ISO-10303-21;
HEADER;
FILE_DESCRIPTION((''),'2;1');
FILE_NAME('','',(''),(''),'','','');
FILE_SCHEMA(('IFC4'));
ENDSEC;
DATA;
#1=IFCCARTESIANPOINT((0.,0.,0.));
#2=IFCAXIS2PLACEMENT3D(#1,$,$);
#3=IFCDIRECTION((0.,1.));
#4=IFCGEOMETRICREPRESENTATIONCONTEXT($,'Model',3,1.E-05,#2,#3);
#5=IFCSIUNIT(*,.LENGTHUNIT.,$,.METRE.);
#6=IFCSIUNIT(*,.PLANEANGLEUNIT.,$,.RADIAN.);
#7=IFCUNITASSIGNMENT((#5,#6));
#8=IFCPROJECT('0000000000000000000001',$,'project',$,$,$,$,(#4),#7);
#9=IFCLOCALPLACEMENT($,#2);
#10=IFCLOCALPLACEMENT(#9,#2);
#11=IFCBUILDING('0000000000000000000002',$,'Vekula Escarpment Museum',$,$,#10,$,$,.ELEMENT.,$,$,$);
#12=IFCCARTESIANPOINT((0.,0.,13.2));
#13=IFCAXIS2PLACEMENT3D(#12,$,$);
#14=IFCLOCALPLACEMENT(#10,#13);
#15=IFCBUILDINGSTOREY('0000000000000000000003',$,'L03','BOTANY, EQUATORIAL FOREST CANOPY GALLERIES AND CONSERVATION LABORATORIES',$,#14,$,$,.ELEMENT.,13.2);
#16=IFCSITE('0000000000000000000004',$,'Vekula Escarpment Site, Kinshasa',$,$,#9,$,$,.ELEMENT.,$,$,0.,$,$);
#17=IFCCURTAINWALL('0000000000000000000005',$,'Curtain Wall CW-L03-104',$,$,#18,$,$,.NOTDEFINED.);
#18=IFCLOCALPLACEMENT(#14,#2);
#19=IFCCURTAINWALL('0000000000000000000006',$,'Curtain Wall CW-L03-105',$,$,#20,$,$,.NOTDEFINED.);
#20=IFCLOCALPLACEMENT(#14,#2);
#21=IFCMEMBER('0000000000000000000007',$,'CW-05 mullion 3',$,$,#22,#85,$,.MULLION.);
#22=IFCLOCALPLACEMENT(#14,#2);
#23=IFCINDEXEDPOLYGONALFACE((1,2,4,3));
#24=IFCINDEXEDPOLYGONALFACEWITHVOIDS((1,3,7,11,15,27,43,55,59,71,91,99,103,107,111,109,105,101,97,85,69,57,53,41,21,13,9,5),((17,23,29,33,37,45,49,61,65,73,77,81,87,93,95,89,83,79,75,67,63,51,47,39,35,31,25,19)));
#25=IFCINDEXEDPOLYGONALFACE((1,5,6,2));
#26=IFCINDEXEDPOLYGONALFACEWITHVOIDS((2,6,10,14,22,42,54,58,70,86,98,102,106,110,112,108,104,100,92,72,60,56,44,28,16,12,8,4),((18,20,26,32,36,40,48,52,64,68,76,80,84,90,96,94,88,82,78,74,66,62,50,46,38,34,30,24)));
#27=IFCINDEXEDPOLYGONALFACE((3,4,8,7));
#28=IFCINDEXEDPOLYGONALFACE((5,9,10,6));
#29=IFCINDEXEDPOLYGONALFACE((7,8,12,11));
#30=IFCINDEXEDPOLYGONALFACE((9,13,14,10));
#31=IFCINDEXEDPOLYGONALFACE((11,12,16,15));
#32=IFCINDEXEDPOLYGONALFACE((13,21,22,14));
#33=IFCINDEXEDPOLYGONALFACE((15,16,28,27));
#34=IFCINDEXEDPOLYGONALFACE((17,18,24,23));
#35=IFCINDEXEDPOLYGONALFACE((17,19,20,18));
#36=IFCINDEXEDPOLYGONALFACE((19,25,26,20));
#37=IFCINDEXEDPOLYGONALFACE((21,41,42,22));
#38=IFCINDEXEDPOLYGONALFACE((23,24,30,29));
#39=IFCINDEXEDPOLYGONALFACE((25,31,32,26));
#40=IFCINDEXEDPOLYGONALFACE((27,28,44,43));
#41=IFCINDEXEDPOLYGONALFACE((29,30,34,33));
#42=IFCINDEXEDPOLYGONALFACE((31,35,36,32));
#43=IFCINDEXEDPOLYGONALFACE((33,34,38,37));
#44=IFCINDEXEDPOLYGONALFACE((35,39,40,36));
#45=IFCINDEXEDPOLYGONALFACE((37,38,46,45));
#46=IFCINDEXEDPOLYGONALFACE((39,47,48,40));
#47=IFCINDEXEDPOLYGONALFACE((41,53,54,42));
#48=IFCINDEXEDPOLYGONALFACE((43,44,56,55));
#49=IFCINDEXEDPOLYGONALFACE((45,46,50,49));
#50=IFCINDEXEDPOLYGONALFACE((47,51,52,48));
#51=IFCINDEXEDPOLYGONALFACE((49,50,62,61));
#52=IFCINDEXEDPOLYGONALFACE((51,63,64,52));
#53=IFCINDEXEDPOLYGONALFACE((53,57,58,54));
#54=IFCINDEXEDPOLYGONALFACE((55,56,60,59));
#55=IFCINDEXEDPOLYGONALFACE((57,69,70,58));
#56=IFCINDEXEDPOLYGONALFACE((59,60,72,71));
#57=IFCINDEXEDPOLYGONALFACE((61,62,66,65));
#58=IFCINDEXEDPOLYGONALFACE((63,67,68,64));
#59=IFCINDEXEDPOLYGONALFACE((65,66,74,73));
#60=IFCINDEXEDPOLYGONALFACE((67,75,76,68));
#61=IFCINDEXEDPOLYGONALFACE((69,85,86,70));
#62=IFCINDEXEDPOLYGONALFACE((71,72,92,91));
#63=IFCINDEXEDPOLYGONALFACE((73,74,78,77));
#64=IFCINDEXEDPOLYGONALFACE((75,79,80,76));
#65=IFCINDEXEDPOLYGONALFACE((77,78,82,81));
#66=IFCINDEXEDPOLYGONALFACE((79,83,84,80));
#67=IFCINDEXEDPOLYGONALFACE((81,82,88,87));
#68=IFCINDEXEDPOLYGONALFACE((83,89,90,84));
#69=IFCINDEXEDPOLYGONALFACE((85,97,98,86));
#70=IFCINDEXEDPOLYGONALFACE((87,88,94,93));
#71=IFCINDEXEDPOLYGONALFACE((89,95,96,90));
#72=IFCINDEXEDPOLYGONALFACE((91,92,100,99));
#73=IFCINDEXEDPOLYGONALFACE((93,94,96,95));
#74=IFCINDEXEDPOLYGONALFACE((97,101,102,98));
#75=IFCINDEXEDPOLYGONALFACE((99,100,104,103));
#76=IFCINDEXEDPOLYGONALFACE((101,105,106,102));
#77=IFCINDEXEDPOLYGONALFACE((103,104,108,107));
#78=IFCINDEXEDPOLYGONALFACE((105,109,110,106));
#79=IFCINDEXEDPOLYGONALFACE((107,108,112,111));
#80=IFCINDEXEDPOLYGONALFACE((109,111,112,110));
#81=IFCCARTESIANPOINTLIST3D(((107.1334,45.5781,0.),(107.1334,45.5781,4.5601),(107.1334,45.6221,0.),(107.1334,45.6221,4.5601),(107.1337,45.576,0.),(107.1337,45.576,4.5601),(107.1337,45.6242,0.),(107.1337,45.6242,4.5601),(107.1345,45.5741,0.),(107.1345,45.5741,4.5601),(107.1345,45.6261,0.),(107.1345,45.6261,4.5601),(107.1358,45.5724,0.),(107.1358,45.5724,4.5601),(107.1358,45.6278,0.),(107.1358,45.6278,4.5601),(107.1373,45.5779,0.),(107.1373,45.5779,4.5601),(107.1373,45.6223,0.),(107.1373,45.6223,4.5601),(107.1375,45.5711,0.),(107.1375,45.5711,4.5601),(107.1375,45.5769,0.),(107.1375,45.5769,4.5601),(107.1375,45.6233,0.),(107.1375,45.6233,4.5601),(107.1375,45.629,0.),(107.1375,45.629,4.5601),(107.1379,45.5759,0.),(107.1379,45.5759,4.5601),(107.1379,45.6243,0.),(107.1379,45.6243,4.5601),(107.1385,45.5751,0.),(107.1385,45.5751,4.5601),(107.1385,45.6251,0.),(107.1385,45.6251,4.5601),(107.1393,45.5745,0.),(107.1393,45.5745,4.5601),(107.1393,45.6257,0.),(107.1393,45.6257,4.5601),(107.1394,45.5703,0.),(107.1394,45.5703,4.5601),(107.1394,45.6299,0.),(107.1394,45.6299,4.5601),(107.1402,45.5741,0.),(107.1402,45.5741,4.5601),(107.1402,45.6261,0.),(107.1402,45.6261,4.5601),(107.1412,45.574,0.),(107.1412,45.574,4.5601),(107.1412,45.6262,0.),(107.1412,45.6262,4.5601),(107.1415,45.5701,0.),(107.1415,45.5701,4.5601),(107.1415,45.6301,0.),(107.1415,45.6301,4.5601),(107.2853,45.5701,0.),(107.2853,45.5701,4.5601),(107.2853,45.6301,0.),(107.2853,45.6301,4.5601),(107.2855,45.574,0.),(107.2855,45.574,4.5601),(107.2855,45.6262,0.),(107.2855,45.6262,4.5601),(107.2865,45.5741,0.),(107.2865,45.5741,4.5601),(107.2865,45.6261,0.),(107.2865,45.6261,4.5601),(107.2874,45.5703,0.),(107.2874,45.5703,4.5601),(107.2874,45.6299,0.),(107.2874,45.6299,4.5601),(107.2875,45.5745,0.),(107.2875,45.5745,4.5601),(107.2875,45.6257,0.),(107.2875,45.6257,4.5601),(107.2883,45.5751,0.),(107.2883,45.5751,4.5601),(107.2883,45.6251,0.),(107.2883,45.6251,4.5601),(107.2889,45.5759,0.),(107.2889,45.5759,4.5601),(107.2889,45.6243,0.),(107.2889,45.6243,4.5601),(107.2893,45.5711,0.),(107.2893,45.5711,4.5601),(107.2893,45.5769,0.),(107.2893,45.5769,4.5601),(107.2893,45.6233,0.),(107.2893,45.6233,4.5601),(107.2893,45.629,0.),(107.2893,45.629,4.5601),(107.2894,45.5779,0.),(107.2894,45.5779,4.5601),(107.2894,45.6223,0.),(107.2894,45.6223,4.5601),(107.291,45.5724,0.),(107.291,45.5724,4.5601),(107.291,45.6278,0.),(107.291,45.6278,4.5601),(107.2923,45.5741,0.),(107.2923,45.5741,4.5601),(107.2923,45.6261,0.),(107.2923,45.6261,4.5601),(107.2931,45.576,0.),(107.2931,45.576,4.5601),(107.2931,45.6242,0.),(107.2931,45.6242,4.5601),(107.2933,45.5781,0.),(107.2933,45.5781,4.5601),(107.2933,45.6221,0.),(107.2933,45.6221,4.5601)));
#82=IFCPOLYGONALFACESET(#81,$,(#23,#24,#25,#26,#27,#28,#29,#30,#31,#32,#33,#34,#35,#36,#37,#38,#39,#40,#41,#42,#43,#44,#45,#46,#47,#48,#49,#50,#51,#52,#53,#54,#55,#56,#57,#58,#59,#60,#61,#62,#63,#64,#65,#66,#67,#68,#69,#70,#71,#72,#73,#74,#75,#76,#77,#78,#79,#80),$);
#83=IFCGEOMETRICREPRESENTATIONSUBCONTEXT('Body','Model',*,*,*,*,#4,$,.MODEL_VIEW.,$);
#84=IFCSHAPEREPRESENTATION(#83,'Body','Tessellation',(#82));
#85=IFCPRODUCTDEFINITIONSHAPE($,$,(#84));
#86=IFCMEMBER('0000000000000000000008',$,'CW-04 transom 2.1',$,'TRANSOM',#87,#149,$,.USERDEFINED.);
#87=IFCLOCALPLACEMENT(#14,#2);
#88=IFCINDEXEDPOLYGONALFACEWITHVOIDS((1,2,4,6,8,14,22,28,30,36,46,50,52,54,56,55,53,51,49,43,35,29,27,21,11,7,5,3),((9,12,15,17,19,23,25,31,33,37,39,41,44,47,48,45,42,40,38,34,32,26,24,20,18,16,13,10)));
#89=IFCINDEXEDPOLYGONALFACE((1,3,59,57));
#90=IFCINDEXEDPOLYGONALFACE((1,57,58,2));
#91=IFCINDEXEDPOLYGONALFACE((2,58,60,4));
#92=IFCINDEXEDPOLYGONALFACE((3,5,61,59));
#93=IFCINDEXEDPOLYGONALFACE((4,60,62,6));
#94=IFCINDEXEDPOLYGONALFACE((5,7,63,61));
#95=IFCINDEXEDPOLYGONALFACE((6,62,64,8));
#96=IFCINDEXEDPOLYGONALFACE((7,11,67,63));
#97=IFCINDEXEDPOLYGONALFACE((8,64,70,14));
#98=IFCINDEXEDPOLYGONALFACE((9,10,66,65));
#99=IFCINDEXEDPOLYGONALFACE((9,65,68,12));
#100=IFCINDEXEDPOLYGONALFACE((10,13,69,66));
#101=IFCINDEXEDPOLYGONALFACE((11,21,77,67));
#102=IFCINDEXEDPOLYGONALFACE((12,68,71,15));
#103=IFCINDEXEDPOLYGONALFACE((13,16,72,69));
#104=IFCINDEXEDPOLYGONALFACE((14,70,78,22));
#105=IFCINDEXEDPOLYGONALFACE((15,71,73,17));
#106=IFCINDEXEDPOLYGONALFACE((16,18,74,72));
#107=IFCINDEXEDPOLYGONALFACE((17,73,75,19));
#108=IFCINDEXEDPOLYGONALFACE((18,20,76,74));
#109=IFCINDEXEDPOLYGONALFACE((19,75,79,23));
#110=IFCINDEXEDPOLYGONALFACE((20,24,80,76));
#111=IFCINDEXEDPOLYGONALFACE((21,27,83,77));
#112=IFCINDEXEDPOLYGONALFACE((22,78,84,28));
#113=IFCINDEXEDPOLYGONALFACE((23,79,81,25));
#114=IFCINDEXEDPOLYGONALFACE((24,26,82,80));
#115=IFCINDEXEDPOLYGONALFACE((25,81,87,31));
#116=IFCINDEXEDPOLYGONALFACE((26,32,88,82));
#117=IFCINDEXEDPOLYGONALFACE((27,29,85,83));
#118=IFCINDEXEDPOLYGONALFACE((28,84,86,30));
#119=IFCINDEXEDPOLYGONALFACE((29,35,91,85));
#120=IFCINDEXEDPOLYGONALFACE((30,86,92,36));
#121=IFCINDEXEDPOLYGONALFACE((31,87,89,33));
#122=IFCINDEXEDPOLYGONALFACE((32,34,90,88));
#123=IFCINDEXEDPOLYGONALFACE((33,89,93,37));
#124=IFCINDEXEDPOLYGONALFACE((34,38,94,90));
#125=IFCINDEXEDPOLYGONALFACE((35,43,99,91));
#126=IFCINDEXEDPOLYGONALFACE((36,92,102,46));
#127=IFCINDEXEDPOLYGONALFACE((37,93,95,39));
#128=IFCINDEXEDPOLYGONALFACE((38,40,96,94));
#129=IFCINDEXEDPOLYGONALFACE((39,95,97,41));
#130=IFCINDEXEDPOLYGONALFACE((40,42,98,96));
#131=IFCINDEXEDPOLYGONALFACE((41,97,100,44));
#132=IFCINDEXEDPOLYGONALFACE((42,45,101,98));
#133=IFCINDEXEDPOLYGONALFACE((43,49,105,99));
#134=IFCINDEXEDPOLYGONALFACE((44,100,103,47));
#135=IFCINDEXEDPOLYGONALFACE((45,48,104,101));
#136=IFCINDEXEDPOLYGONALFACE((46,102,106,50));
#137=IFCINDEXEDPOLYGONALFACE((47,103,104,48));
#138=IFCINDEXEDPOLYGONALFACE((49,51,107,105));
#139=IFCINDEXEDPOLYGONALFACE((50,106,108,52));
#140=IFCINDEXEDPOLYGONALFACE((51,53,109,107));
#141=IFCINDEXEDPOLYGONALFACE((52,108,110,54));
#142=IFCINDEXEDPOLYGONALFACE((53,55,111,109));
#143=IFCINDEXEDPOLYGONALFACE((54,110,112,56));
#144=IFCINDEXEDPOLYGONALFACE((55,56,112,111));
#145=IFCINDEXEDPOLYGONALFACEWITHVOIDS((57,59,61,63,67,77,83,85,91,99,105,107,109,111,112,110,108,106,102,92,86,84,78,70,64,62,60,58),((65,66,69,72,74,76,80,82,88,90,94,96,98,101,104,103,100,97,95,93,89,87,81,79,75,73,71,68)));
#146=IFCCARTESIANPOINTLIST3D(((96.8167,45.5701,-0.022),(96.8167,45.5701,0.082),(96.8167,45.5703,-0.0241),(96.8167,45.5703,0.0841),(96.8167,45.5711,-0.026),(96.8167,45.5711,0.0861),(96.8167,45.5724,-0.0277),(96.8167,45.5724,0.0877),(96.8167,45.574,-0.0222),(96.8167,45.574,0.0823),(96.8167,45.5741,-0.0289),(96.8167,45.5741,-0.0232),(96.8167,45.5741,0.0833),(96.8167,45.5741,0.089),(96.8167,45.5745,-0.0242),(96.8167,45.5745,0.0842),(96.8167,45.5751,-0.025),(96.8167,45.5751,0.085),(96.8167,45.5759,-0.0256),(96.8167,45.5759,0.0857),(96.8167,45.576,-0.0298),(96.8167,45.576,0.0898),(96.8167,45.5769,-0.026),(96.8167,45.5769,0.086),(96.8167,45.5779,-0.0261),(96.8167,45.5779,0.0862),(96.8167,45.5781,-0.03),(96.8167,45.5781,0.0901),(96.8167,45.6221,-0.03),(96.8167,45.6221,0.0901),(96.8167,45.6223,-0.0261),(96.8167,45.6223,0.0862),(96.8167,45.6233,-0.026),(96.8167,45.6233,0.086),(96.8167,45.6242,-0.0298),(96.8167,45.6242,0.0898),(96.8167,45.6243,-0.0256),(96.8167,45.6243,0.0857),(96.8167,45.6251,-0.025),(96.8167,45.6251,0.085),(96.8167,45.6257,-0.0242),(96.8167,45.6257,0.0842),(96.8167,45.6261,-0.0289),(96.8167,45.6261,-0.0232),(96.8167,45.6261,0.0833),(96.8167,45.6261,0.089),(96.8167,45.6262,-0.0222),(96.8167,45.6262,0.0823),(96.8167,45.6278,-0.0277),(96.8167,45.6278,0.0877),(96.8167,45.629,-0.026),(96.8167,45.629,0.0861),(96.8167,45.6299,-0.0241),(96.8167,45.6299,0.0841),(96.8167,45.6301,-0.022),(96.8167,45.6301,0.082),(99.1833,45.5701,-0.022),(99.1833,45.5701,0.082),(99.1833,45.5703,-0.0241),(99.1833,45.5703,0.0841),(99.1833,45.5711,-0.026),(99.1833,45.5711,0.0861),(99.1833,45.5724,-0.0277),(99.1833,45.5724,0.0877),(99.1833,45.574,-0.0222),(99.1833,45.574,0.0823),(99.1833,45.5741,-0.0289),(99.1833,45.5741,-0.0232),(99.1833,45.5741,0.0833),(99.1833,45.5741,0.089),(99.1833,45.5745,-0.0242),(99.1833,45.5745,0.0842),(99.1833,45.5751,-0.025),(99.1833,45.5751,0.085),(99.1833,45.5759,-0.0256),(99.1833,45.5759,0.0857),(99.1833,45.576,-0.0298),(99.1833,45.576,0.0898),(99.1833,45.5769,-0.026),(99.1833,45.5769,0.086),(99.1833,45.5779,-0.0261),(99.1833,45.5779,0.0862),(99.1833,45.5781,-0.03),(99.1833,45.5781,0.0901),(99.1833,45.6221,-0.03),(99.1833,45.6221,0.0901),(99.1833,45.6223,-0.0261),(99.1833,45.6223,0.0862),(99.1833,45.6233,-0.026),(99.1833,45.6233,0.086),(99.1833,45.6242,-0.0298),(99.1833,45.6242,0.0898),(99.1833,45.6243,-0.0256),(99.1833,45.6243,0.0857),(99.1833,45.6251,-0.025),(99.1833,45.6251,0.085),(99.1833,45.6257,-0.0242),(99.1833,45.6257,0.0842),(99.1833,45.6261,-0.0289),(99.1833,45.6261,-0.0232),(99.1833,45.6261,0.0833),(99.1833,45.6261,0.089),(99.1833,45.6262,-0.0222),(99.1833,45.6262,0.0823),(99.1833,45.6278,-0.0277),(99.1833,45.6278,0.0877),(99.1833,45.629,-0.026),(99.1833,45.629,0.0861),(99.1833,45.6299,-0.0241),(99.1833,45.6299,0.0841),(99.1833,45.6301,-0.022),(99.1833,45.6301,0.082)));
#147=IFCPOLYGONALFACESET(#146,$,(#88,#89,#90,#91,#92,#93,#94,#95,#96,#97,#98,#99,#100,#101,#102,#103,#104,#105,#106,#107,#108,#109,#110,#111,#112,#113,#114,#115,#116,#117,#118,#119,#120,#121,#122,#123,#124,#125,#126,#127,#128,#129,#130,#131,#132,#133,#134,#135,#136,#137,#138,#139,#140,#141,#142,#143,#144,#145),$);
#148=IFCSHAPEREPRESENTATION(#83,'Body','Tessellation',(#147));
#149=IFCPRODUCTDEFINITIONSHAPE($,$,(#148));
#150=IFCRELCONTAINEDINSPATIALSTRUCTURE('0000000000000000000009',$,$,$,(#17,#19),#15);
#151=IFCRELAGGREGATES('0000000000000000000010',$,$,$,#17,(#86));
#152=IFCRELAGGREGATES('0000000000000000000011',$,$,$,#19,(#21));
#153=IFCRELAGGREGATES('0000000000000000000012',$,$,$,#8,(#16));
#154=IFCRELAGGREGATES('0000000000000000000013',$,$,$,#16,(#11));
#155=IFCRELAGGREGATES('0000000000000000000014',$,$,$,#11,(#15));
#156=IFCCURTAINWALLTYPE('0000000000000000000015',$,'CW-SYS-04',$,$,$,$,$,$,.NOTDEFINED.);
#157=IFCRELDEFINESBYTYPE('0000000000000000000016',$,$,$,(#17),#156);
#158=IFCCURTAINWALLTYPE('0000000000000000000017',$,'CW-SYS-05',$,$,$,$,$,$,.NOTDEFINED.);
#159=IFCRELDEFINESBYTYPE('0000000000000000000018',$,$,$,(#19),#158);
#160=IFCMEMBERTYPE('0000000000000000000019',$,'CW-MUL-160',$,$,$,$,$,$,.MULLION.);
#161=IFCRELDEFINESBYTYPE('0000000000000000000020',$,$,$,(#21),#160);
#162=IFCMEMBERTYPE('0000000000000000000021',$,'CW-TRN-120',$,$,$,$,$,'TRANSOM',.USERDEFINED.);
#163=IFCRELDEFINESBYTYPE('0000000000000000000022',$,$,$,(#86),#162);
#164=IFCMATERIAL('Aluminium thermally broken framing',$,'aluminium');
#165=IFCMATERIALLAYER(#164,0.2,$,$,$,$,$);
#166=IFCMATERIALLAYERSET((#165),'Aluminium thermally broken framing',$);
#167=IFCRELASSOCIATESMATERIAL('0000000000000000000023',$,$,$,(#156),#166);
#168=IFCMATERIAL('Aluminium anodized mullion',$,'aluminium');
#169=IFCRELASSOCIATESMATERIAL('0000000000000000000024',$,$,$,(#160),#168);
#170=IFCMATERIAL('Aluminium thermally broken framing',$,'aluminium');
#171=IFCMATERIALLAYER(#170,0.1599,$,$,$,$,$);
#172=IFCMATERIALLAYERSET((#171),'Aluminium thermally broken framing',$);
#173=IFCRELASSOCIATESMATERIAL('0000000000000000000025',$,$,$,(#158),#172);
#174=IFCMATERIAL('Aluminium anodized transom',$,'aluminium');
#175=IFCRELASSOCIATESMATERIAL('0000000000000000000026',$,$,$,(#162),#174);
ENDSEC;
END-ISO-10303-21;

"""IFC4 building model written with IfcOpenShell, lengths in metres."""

from ifc_helpers import new_model, si_unit, direction, frame, origin, origin_2d, place, context, subcontext, project, spatial, hollow_rectangle, extrude, material, layer, layer_set, material_profile, profile_set, type_object, element, aggregate, save


model = new_model("IFC4")

# Units and contexts
model_context = context("Model", 3, precision=1e-05, world=origin(), true_north=direction((0.0, 1.0)))
body_context = subcontext(model_context, "Body", "Model", "MODEL_VIEW")
ifc_project = project(units=[si_unit("LENGTHUNIT", "METRE"), si_unit("PLANEANGLEUNIT", "RADIAN")], contexts=[model_context])

# Site, building, storey
site_placement = place(None, origin())
site = spatial("IfcSite", under=ifc_project, at=site_placement, Name="Vekula Escarpment Site, Kinshasa", CompositionType="ELEMENT", RefElevation=0.0)
building_placement = place(site_placement, origin())
building = spatial("IfcBuilding", under=site, at=building_placement, Name="Vekula Escarpment Museum", CompositionType="ELEMENT")
storey_placement = place(building_placement, frame((0.0, 0.0, 13.2)))
storey = spatial("IfcBuildingStorey", under=building, at=storey_placement, Name="L03", Description="BOTANY, EQUATORIAL FOREST CANOPY GALLERIES AND CONSERVATION LABORATORIES", CompositionType="ELEMENT", Elevation=13.2)

# Curtain walls, member
ifc_material_1 = material(Name="Aluminium thermally broken framing", Category="aluminium")
ifc_layer_1 = layer(ifc_material_1, 0.2)
ifc_layer_set_1 = layer_set([ifc_layer_1], Name="Aluminium thermally broken framing")
curtain_wall_type_1 = type_object("IfcCurtainWallType", Name="CW-SYS-04", PredefinedType="NOTDEFINED", material=ifc_layer_set_1)
curtain_wall_1_placement = place(storey_placement, origin())
curtain_wall_1 = element("IfcCurtainWall", 1, at=curtain_wall_1_placement, inside=storey, type_object=curtain_wall_type_1, Name="Curtain Wall CW-L03-104", PredefinedType="NOTDEFINED")
ifc_material_2 = material(Name="Aluminium anodized mullion", Category="aluminium")
ifc_material_profile_1 = material_profile(ifc_material_2, hollow_rectangle(XDim=0.0601, YDim=0.1599, WallThickness=0.0039, InnerFilletRadius=0.0039, OuterFilletRadius=0.0081, at=origin_2d()), Name="ALU 160x60x4")
ifc_profile_set_1 = profile_set([ifc_material_profile_1], Name="Aluminium anodized mullion")
member_type_1 = type_object("IfcMemberType", Name="CW-MUL-160", PredefinedType="MULLION", material=ifc_profile_set_1)
ifc_material_3 = material(Name="Aluminium thermally broken framing", Category="aluminium")
ifc_layer_2 = layer(ifc_material_3, 0.1599)
ifc_layer_set_2 = layer_set([ifc_layer_2], Name="Aluminium thermally broken framing")
curtain_wall_type_2 = type_object("IfcCurtainWallType", Name="CW-SYS-05", PredefinedType="NOTDEFINED", material=ifc_layer_set_2)
curtain_wall_2_placement = place(storey_placement, origin())
curtain_wall_2 = element("IfcCurtainWall", 2, at=curtain_wall_2_placement, inside=storey, type_object=curtain_wall_type_2, Name="Curtain Wall CW-L03-105", PredefinedType="NOTDEFINED")
member_1_placement = place(storey_placement, frame((107.2134, 45.6001, 0.0), z_axis=(0.0, 0.0, 1.0), x_axis=(0.0, 1.0, 0.0)))
member_1 = element("IfcMember", 3, at=member_1_placement, type_object=member_type_1, Name="CW-05 mullion 3", PredefinedType="MULLION", context=body_context, shape_type="SweptSolid", body=[
    extrude(hollow_rectangle(XDim=0.0601, YDim=0.1599, WallThickness=0.0039, InnerFilletRadius=0.0039, OuterFilletRadius=0.0081, at=origin_2d()), origin(), (0.0, 0.0, 1.0), 4.5601),
])

# Member
ifc_material_4 = material(Name="Aluminium anodized transom", Category="aluminium")
ifc_material_profile_2 = material_profile(ifc_material_4, hollow_rectangle(XDim=0.0601, YDim=0.1201, WallThickness=0.0039, InnerFilletRadius=0.0039, OuterFilletRadius=0.0081, at=origin_2d()), Name="ALU 120x60x4")
ifc_profile_set_2 = profile_set([ifc_material_profile_2], Name="Aluminium anodized transom")
member_type_2 = type_object("IfcMemberType", Name="CW-TRN-120", ElementType="TRANSOM", PredefinedType="USERDEFINED", material=ifc_profile_set_2)
member_2_placement = place(storey_placement, frame((96.8167, 45.6001, 0.03), z_axis=(1.0, 0.0, 0.0), x_axis=(0.0, 1.0, 0.0)))
member_2 = element("IfcMember", 4, at=member_2_placement, type_object=member_type_2, Name="CW-04 transom 2.1", ObjectType="TRANSOM", PredefinedType="USERDEFINED", context=body_context, shape_type="SweptSolid", body=[
    extrude(hollow_rectangle(XDim=0.0601, YDim=0.1201, WallThickness=0.0039, InnerFilletRadius=0.0039, OuterFilletRadius=0.0081, at=origin_2d()), origin(), (0.0, 0.0, 1.0), 2.3667),
])

aggregate(curtain_wall_1, [member_2])
aggregate(curtain_wall_2, [member_1])

save(model, "model.ifc")
